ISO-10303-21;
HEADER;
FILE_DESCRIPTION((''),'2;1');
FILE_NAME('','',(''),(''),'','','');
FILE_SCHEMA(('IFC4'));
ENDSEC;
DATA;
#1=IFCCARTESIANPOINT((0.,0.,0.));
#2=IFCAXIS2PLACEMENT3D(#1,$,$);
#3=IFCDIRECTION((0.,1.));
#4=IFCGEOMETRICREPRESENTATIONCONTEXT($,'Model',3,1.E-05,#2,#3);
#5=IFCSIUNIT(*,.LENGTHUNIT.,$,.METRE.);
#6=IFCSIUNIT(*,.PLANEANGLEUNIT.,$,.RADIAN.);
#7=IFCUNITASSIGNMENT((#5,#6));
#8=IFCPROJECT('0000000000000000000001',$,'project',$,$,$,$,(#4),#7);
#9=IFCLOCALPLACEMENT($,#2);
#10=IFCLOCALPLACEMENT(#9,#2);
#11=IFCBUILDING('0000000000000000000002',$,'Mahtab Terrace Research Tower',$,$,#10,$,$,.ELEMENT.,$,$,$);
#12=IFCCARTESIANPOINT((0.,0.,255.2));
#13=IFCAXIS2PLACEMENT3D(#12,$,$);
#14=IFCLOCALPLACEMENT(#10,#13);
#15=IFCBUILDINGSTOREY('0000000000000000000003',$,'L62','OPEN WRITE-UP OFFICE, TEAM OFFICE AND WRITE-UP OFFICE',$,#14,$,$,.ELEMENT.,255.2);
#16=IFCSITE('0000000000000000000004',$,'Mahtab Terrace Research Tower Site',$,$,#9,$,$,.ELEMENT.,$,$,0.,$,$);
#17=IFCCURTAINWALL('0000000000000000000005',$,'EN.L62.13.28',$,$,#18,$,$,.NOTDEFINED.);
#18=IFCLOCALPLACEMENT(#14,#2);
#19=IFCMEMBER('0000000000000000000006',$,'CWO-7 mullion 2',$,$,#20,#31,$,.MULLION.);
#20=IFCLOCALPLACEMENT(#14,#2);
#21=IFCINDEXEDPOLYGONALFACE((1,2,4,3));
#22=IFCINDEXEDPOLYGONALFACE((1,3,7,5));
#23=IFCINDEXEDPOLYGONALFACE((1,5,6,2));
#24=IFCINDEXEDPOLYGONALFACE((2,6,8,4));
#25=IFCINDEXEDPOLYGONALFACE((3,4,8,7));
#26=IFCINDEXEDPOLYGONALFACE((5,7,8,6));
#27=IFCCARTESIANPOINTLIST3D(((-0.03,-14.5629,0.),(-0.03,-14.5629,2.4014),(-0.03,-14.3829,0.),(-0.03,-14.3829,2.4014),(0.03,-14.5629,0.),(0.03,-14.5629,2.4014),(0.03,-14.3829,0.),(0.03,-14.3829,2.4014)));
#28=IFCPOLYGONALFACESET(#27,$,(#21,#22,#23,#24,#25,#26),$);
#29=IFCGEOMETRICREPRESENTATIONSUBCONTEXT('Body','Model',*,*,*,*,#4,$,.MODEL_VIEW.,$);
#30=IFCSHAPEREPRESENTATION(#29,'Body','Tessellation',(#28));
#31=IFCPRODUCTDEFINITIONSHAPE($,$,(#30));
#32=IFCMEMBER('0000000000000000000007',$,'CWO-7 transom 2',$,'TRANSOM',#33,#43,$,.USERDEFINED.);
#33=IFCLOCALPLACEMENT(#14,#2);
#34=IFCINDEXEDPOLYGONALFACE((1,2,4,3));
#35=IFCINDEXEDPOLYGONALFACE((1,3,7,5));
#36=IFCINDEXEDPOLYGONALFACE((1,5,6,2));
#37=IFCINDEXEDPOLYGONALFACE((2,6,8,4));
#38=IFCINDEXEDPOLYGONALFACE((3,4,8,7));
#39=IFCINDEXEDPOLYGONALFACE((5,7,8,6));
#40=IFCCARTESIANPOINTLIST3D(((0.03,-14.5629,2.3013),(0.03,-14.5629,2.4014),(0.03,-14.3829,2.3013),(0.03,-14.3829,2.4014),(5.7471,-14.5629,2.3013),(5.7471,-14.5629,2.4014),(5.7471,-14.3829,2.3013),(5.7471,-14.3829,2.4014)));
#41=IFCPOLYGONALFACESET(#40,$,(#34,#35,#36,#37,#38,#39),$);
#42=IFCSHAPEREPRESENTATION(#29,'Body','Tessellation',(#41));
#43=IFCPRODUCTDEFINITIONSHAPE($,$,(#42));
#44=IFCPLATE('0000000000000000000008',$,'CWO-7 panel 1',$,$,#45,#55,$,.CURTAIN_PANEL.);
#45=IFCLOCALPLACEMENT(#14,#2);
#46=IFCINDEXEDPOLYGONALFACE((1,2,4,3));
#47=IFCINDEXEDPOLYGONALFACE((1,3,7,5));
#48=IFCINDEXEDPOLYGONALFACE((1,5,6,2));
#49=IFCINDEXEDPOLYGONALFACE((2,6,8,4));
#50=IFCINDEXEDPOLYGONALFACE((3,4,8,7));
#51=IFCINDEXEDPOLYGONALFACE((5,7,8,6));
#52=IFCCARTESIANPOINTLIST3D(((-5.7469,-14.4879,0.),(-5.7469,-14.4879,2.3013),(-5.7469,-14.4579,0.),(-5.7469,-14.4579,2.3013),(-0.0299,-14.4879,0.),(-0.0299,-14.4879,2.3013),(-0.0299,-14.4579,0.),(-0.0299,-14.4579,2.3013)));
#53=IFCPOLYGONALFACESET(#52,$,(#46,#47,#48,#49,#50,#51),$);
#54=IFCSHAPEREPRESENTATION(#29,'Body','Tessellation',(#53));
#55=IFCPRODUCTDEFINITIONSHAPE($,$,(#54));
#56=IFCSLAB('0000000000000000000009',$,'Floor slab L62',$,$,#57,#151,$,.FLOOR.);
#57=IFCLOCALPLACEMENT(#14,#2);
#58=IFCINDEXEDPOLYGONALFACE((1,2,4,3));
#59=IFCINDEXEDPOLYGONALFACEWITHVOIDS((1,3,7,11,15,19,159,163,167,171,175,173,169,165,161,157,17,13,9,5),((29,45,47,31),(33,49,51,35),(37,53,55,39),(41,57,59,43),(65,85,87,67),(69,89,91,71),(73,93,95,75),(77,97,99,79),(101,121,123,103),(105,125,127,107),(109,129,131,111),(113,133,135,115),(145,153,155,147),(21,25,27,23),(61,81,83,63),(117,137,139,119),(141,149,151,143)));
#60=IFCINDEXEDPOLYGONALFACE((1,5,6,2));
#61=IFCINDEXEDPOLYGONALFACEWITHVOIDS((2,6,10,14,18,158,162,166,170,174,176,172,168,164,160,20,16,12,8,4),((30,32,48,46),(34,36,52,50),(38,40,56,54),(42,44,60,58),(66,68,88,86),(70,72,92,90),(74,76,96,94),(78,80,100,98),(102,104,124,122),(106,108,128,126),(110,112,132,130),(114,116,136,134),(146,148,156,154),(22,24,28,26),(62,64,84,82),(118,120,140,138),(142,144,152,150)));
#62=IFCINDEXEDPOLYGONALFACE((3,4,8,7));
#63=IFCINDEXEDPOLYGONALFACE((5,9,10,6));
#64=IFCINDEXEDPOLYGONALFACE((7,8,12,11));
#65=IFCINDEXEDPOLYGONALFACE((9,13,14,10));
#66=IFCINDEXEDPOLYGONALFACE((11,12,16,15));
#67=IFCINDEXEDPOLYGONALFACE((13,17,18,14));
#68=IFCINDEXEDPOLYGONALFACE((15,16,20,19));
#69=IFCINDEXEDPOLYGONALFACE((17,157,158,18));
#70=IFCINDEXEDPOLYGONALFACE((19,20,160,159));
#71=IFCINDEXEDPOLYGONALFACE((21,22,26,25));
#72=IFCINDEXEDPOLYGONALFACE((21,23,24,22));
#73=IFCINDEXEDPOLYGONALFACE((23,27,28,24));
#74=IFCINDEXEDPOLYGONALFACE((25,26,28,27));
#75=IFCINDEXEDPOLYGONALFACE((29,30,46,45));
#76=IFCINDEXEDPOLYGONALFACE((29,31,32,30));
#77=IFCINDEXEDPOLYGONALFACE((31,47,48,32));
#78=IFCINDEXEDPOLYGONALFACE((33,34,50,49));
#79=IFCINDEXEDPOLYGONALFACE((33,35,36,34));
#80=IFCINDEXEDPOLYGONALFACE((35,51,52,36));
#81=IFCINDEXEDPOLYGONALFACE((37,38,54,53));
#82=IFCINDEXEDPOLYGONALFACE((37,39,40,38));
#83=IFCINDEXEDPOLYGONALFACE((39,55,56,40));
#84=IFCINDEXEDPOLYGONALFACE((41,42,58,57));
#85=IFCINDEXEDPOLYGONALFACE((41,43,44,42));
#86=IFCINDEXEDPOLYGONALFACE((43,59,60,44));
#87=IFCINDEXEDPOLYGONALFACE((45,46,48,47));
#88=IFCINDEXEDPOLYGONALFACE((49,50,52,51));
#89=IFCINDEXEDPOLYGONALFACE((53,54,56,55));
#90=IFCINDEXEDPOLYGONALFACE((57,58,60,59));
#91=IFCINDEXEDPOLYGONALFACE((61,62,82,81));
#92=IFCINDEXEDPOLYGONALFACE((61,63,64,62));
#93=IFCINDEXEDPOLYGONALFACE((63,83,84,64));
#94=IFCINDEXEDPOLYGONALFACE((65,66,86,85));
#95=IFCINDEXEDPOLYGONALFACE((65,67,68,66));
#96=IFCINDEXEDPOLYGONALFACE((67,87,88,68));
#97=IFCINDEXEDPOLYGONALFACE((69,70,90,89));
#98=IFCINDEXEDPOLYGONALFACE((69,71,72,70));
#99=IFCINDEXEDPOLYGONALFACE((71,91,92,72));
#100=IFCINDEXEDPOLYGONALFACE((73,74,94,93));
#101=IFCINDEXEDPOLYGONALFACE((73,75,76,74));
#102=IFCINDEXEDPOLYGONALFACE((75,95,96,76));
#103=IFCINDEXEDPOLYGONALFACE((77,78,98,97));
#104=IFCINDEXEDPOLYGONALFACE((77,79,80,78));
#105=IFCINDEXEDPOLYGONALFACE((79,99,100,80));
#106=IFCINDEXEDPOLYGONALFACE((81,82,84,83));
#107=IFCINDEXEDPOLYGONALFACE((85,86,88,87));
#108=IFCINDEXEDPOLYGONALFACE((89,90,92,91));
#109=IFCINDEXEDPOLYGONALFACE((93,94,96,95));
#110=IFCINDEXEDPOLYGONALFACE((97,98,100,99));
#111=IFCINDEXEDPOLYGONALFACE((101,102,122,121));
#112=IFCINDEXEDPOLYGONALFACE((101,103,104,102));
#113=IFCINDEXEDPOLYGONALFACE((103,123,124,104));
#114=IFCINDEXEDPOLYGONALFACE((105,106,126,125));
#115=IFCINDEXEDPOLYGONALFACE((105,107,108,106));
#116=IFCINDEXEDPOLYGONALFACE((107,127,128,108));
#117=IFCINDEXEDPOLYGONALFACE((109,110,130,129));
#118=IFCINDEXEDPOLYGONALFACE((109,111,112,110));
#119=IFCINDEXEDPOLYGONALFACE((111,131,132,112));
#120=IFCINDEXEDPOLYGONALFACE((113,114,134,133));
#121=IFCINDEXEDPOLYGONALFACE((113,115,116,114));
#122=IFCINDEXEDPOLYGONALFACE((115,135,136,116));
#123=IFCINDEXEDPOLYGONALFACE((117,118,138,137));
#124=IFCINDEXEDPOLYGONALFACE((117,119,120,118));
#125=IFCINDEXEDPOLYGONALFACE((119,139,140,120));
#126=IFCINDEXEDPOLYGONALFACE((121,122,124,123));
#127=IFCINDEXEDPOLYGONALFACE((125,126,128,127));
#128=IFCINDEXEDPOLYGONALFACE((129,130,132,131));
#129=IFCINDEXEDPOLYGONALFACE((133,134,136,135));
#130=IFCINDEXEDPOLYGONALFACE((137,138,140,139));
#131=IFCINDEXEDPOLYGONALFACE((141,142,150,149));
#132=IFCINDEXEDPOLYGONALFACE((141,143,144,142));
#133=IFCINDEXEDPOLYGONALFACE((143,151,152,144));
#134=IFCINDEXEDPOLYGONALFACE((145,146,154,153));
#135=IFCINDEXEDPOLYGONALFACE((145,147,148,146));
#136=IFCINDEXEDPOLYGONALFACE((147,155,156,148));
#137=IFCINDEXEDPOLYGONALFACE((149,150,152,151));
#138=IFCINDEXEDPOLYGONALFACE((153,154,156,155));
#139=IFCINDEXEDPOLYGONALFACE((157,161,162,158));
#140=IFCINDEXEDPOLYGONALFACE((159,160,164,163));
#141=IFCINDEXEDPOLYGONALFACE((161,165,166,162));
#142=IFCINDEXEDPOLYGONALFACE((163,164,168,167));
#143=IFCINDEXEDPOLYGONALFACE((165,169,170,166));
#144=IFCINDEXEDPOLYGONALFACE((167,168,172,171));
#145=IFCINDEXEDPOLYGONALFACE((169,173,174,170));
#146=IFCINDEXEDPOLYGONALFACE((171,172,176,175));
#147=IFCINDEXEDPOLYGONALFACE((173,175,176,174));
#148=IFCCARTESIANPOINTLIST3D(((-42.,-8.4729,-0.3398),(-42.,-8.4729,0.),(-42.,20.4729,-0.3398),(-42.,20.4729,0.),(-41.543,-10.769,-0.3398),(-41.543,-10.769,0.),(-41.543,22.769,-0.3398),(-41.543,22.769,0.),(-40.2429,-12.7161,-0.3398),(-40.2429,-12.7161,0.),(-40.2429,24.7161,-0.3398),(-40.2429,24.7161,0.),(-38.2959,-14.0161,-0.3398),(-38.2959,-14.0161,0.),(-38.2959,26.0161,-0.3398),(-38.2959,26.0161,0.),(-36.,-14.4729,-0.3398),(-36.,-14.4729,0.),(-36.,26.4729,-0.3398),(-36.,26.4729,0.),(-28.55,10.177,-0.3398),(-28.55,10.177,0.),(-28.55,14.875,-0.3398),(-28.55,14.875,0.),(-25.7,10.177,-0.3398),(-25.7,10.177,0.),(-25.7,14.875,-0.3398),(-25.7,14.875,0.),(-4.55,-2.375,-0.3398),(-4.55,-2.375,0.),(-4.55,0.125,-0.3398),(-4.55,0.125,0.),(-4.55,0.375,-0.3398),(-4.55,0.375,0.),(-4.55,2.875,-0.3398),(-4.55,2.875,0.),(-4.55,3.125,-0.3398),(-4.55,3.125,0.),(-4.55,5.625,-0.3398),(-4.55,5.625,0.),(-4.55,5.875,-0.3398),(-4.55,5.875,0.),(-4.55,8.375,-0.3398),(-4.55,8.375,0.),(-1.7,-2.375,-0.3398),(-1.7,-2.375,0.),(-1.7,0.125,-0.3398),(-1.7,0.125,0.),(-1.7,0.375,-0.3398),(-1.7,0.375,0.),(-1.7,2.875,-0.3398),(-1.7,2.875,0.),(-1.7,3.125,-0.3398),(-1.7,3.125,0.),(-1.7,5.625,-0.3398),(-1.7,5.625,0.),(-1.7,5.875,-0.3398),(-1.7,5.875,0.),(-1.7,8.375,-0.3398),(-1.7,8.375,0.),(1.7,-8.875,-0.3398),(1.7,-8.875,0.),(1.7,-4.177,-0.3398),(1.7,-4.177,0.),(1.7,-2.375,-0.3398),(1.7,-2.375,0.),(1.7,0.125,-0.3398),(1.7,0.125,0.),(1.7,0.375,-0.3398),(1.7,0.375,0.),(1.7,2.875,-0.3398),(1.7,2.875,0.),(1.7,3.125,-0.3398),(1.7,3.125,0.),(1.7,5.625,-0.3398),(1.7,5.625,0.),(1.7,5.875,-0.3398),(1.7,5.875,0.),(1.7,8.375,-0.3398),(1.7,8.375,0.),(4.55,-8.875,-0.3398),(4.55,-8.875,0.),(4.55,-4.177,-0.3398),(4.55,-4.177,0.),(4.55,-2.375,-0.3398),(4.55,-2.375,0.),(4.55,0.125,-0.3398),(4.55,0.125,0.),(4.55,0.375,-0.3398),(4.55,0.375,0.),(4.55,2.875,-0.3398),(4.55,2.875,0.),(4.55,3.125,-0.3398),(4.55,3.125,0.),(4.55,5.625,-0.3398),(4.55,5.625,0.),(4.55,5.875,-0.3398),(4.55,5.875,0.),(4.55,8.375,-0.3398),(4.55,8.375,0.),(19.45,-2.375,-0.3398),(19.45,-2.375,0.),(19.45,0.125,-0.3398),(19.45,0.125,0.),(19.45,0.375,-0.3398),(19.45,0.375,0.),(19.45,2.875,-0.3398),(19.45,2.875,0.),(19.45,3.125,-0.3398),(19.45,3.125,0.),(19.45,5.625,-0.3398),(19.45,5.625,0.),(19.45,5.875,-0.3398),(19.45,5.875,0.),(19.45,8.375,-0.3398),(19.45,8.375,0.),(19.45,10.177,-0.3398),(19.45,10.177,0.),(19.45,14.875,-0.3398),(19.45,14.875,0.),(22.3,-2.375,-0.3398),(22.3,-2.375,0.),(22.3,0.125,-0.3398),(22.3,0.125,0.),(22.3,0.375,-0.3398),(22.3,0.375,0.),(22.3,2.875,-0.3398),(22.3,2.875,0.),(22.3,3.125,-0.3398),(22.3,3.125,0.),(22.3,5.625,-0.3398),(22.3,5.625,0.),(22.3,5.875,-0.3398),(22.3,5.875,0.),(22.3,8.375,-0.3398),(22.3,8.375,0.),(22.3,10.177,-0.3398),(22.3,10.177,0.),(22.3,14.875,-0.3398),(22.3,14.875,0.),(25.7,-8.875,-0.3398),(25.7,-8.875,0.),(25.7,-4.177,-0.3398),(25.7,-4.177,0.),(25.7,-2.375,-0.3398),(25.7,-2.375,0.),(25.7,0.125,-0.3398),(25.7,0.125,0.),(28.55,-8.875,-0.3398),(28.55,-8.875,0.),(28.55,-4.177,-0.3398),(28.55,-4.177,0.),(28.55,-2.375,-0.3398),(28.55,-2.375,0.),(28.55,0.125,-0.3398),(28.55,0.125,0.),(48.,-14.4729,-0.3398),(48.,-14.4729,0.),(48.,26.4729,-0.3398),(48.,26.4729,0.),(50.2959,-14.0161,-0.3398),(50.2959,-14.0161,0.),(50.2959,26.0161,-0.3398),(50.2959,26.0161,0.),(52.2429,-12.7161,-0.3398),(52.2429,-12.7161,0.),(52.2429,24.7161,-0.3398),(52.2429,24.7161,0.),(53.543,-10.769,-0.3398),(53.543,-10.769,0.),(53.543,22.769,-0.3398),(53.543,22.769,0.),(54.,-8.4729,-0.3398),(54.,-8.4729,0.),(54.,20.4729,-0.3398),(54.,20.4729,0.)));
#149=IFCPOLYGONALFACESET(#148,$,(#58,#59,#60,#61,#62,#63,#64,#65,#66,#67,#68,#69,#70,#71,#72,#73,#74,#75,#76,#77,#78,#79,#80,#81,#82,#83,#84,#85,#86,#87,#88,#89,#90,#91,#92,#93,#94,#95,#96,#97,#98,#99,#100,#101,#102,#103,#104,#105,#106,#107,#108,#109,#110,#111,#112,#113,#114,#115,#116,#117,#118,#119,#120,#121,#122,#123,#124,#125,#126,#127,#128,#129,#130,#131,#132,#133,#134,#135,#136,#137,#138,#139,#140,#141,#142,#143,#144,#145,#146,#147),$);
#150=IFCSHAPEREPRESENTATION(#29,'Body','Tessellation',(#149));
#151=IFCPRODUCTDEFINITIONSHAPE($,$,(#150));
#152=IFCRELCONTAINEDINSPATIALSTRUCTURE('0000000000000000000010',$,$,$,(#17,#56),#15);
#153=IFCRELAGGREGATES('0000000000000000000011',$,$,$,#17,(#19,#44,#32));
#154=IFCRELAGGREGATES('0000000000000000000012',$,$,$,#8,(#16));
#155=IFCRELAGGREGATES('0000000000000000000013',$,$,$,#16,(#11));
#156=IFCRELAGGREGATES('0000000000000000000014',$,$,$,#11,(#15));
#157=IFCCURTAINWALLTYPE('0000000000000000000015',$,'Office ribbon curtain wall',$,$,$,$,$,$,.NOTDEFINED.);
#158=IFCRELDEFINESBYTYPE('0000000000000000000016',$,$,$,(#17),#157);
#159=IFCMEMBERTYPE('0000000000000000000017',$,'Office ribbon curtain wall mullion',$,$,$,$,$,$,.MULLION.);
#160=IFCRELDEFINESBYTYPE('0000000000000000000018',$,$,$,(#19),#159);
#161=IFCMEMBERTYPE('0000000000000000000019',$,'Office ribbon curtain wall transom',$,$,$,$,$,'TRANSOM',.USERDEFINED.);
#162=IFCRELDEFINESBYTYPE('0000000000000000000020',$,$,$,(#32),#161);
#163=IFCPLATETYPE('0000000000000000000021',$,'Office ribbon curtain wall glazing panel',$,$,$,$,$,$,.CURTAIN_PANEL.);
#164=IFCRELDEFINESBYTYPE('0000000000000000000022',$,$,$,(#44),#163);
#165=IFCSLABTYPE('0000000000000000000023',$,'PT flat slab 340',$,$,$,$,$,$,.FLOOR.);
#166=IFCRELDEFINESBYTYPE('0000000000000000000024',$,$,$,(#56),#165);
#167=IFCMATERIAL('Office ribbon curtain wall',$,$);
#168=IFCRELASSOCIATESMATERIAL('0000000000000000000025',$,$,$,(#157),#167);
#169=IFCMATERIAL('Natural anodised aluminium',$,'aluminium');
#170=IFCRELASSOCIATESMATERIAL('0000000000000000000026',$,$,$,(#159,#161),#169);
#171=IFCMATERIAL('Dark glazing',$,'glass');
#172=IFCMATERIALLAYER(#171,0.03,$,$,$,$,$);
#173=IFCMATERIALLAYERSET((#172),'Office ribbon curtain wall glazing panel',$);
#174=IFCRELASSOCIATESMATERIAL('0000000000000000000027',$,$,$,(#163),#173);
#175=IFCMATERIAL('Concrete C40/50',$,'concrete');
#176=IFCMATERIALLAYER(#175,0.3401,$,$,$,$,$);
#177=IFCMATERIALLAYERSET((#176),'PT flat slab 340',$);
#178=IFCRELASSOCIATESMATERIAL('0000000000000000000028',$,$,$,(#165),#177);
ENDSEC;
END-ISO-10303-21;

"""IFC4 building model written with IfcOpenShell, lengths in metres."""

from ifc_helpers import new_model, si_unit, direction, frame, origin, origin_2d, place, context, subcontext, project, spatial, polyline, rectangle, outline, extrude, material, layer, layer_set, material_profile, profile_set, type_object, element, aggregate, save


model = new_model("IFC4")

# Units and contexts
model_context = context("Model", 3, precision=1e-05, world=origin(), true_north=direction((0.0, 1.0)))
body_context = subcontext(model_context, "Body", "Model", "MODEL_VIEW")
ifc_project = project(units=[si_unit("LENGTHUNIT", "METRE"), si_unit("PLANEANGLEUNIT", "RADIAN")], contexts=[model_context])

# Site, building, storey
site_placement = place(None, origin())
site = spatial("IfcSite", under=ifc_project, at=site_placement, Name="Mahtab Terrace Research Tower Site", CompositionType="ELEMENT", RefElevation=0.0)
building_placement = place(site_placement, origin())
building = spatial("IfcBuilding", under=site, at=building_placement, Name="Mahtab Terrace Research Tower", CompositionType="ELEMENT")
storey_placement = place(building_placement, frame((0.0, 0.0, 255.2)))
storey = spatial("IfcBuildingStorey", under=building, at=storey_placement, Name="L62", Description="OPEN WRITE-UP OFFICE, TEAM OFFICE AND WRITE-UP OFFICE", CompositionType="ELEMENT", Elevation=255.2)

# Curtain wall, members, plate
ifc_material_1 = material(Name="Office ribbon curtain wall")
curtain_wall_type = type_object("IfcCurtainWallType", Name="Office ribbon curtain wall", PredefinedType="NOTDEFINED", material=ifc_material_1)
curtain_wall_placement = place(storey_placement, origin())
curtain_wall = element("IfcCurtainWall", 1, at=curtain_wall_placement, inside=storey, type_object=curtain_wall_type, Name="EN.L62.13.28", PredefinedType="NOTDEFINED")
ifc_material_2 = material(Name="Natural anodised aluminium", Category="aluminium")
ifc_material_profile_1 = material_profile(ifc_material_2, rectangle(XDim=0.1799, YDim=0.0601, at=origin_2d()), Name="MULLION 60x180")
ifc_profile_set_1 = profile_set([ifc_material_profile_1], Name="Natural anodised aluminium")
member_type_1 = type_object("IfcMemberType", Name="Office ribbon curtain wall mullion", PredefinedType="MULLION", material=ifc_profile_set_1)
member_1_placement = place(storey_placement, frame((0.0, -14.4729, 0.0), z_axis=(0.0, 0.0, 1.0), x_axis=(0.0, 1.0, 0.0)))
member_1 = element("IfcMember", 2, at=member_1_placement, type_object=member_type_1, Name="CWO-7 mullion 2", PredefinedType="MULLION", context=body_context, shape_type="SweptSolid", body=[
    extrude(rectangle(XDim=0.1799, YDim=0.0601, at=origin_2d()), origin(), (0.0, 0.0, 1.0), 2.4014),
])
ifc_material_profile_2 = material_profile(ifc_material_2, rectangle(XDim=0.1799, YDim=0.1001, at=origin_2d()), Name="TRANSOM 100x180")
ifc_profile_set_2 = profile_set([ifc_material_profile_2], Name="Natural anodised aluminium")
member_type_2 = type_object("IfcMemberType", Name="Office ribbon curtain wall transom", ElementType="TRANSOM", PredefinedType="USERDEFINED", material=ifc_profile_set_2)
member_2_placement = place(storey_placement, frame((0.03, -14.4729, 2.3513), z_axis=(1.0, 0.0, 0.0), x_axis=(0.0, 1.0, 0.0)))
member_2 = element("IfcMember", 3, at=member_2_placement, type_object=member_type_2, Name="CWO-7 transom 2", ObjectType="TRANSOM", PredefinedType="USERDEFINED", context=body_context, shape_type="SweptSolid", body=[
    extrude(rectangle(XDim=0.1799, YDim=0.1001, at=origin_2d()), origin(), (0.0, 0.0, 1.0), 5.717),
])
ifc_material_3 = material(Name="Dark glazing", Category="glass")
ifc_layer_1 = layer(ifc_material_3, 0.03)
ifc_layer_set_1 = layer_set([ifc_layer_1], Name="Office ribbon curtain wall glazing panel")
plate_type = type_object("IfcPlateType", Name="Office ribbon curtain wall glazing panel", PredefinedType="CURTAIN_PANEL", material=ifc_layer_set_1)
plate_placement = place(storey_placement, frame((-2.8884, -14.4729, 0.0), z_axis=(0.0, 0.0, 1.0), x_axis=(1.0, 0.0, 0.0)))
plate = element("IfcPlate", 4, at=plate_placement, type_object=plate_type, Name="CWO-7 panel 1", PredefinedType="CURTAIN_PANEL", context=body_context, shape_type="SweptSolid", body=[
    extrude(rectangle(XDim=5.717, YDim=0.03, at=origin_2d()), origin(), (0.0, 0.0, 1.0), 2.3013),
])
aggregate(curtain_wall, [member_1, plate, member_2])

# Slab
ifc_material_4 = material(Name="Concrete C40/50", Category="concrete")
ifc_layer_2 = layer(ifc_material_4, 0.3401)
ifc_layer_set_2 = layer_set([ifc_layer_2], Name="PT flat slab 340")
slab_type = type_object("IfcSlabType", Name="PT flat slab 340", PredefinedType="FLOOR", material=ifc_layer_set_2)
slab_placement = place(storey_placement, frame((0.0, 0.0, -0.3398)))
element("IfcSlab", 5, at=slab_placement, inside=storey, type_object=slab_type, Name="Floor slab L62", PredefinedType="FLOOR", context=body_context, shape_type="SweptSolid", body=[
    extrude(outline(polyline([(53.543, 22.769), (52.2429, 24.7161), (50.2959, 26.0161), (48.0, 26.4729), (-36.0, 26.4729), (-38.2959, 26.0161), (-40.2429, 24.7161), (-41.543, 22.769), (-42.0, 20.4729), (-42.0, -8.4729), (-41.543, -10.769), (-40.2429, -12.7161), (-38.2959, -14.0161), (-36.0, -14.4729), (48.0, -14.4729), (50.2959, -14.0161), (52.2429, -12.7161), (53.543, -10.769), (54.0, -8.4729), (54.0, 20.4729), (53.543, 22.769)]), holes=[polyline([(-4.55, -2.375), (-4.55, 0.125), (-1.7, 0.125), (-1.7, -2.375), (-4.55, -2.375)]), polyline([(1.7, -2.375), (1.7, 0.125), (4.55, 0.125), (4.55, -2.375), (1.7, -2.375)]), polyline([(-4.55, 0.375), (-4.55, 2.875), (-1.7, 2.875), (-1.7, 0.375), (-4.55, 0.375)]), polyline([(1.7, 0.375), (1.7, 2.875), (4.55, 2.875), (4.55, 0.375), (1.7, 0.375)]), polyline([(-4.55, 3.125), (-4.55, 5.625), (-1.7, 5.625), (-1.7, 3.125), (-4.55, 3.125)]), polyline([(1.7, 3.125), (1.7, 5.625), (4.55, 5.625), (4.55, 3.125), (1.7, 3.125)]), polyline([(-4.55, 5.875), (-4.55, 8.375), (-1.7, 8.375), (-1.7, 5.875), (-4.55, 5.875)]), polyline([(1.7, 5.875), (1.7, 8.375), (4.55, 8.375), (4.55, 5.875), (1.7, 5.875)]), polyline([(-28.55, 10.177), (-28.55, 14.875), (-25.7, 14.875), (-25.7, 10.177), (-28.55, 10.177)]), polyline([(1.7, -8.875), (1.7, -4.177), (4.55, -4.177), (4.55, -8.875), (1.7, -8.875)]), polyline([(25.7, -8.875), (25.7, -4.177), (28.55, -4.177), (28.55, -8.875), (25.7, -8.875)]), polyline([(19.45, -2.375), (19.45, 0.125), (22.3, 0.125), (22.3, -2.375), (19.45, -2.375)]), polyline([(25.7, -2.375), (25.7, 0.125), (28.55, 0.125), (28.55, -2.375), (25.7, -2.375)]), polyline([(19.45, 0.375), (19.45, 2.875), (22.3, 2.875), (22.3, 0.375), (19.45, 0.375)]), polyline([(19.45, 3.125), (19.45, 5.625), (22.3, 5.625), (22.3, 3.125), (19.45, 3.125)]), polyline([(19.45, 8.375), (22.3, 8.375), (22.3, 5.875), (19.45, 5.875), (19.45, 8.375)]), polyline([(19.45, 14.875), (22.3, 14.875), (22.3, 10.177), (19.45, 10.177), (19.45, 14.875)])]), origin(), (0.0, 0.0, 1.0), 0.3398),
])

save(model, "model.ifc")
